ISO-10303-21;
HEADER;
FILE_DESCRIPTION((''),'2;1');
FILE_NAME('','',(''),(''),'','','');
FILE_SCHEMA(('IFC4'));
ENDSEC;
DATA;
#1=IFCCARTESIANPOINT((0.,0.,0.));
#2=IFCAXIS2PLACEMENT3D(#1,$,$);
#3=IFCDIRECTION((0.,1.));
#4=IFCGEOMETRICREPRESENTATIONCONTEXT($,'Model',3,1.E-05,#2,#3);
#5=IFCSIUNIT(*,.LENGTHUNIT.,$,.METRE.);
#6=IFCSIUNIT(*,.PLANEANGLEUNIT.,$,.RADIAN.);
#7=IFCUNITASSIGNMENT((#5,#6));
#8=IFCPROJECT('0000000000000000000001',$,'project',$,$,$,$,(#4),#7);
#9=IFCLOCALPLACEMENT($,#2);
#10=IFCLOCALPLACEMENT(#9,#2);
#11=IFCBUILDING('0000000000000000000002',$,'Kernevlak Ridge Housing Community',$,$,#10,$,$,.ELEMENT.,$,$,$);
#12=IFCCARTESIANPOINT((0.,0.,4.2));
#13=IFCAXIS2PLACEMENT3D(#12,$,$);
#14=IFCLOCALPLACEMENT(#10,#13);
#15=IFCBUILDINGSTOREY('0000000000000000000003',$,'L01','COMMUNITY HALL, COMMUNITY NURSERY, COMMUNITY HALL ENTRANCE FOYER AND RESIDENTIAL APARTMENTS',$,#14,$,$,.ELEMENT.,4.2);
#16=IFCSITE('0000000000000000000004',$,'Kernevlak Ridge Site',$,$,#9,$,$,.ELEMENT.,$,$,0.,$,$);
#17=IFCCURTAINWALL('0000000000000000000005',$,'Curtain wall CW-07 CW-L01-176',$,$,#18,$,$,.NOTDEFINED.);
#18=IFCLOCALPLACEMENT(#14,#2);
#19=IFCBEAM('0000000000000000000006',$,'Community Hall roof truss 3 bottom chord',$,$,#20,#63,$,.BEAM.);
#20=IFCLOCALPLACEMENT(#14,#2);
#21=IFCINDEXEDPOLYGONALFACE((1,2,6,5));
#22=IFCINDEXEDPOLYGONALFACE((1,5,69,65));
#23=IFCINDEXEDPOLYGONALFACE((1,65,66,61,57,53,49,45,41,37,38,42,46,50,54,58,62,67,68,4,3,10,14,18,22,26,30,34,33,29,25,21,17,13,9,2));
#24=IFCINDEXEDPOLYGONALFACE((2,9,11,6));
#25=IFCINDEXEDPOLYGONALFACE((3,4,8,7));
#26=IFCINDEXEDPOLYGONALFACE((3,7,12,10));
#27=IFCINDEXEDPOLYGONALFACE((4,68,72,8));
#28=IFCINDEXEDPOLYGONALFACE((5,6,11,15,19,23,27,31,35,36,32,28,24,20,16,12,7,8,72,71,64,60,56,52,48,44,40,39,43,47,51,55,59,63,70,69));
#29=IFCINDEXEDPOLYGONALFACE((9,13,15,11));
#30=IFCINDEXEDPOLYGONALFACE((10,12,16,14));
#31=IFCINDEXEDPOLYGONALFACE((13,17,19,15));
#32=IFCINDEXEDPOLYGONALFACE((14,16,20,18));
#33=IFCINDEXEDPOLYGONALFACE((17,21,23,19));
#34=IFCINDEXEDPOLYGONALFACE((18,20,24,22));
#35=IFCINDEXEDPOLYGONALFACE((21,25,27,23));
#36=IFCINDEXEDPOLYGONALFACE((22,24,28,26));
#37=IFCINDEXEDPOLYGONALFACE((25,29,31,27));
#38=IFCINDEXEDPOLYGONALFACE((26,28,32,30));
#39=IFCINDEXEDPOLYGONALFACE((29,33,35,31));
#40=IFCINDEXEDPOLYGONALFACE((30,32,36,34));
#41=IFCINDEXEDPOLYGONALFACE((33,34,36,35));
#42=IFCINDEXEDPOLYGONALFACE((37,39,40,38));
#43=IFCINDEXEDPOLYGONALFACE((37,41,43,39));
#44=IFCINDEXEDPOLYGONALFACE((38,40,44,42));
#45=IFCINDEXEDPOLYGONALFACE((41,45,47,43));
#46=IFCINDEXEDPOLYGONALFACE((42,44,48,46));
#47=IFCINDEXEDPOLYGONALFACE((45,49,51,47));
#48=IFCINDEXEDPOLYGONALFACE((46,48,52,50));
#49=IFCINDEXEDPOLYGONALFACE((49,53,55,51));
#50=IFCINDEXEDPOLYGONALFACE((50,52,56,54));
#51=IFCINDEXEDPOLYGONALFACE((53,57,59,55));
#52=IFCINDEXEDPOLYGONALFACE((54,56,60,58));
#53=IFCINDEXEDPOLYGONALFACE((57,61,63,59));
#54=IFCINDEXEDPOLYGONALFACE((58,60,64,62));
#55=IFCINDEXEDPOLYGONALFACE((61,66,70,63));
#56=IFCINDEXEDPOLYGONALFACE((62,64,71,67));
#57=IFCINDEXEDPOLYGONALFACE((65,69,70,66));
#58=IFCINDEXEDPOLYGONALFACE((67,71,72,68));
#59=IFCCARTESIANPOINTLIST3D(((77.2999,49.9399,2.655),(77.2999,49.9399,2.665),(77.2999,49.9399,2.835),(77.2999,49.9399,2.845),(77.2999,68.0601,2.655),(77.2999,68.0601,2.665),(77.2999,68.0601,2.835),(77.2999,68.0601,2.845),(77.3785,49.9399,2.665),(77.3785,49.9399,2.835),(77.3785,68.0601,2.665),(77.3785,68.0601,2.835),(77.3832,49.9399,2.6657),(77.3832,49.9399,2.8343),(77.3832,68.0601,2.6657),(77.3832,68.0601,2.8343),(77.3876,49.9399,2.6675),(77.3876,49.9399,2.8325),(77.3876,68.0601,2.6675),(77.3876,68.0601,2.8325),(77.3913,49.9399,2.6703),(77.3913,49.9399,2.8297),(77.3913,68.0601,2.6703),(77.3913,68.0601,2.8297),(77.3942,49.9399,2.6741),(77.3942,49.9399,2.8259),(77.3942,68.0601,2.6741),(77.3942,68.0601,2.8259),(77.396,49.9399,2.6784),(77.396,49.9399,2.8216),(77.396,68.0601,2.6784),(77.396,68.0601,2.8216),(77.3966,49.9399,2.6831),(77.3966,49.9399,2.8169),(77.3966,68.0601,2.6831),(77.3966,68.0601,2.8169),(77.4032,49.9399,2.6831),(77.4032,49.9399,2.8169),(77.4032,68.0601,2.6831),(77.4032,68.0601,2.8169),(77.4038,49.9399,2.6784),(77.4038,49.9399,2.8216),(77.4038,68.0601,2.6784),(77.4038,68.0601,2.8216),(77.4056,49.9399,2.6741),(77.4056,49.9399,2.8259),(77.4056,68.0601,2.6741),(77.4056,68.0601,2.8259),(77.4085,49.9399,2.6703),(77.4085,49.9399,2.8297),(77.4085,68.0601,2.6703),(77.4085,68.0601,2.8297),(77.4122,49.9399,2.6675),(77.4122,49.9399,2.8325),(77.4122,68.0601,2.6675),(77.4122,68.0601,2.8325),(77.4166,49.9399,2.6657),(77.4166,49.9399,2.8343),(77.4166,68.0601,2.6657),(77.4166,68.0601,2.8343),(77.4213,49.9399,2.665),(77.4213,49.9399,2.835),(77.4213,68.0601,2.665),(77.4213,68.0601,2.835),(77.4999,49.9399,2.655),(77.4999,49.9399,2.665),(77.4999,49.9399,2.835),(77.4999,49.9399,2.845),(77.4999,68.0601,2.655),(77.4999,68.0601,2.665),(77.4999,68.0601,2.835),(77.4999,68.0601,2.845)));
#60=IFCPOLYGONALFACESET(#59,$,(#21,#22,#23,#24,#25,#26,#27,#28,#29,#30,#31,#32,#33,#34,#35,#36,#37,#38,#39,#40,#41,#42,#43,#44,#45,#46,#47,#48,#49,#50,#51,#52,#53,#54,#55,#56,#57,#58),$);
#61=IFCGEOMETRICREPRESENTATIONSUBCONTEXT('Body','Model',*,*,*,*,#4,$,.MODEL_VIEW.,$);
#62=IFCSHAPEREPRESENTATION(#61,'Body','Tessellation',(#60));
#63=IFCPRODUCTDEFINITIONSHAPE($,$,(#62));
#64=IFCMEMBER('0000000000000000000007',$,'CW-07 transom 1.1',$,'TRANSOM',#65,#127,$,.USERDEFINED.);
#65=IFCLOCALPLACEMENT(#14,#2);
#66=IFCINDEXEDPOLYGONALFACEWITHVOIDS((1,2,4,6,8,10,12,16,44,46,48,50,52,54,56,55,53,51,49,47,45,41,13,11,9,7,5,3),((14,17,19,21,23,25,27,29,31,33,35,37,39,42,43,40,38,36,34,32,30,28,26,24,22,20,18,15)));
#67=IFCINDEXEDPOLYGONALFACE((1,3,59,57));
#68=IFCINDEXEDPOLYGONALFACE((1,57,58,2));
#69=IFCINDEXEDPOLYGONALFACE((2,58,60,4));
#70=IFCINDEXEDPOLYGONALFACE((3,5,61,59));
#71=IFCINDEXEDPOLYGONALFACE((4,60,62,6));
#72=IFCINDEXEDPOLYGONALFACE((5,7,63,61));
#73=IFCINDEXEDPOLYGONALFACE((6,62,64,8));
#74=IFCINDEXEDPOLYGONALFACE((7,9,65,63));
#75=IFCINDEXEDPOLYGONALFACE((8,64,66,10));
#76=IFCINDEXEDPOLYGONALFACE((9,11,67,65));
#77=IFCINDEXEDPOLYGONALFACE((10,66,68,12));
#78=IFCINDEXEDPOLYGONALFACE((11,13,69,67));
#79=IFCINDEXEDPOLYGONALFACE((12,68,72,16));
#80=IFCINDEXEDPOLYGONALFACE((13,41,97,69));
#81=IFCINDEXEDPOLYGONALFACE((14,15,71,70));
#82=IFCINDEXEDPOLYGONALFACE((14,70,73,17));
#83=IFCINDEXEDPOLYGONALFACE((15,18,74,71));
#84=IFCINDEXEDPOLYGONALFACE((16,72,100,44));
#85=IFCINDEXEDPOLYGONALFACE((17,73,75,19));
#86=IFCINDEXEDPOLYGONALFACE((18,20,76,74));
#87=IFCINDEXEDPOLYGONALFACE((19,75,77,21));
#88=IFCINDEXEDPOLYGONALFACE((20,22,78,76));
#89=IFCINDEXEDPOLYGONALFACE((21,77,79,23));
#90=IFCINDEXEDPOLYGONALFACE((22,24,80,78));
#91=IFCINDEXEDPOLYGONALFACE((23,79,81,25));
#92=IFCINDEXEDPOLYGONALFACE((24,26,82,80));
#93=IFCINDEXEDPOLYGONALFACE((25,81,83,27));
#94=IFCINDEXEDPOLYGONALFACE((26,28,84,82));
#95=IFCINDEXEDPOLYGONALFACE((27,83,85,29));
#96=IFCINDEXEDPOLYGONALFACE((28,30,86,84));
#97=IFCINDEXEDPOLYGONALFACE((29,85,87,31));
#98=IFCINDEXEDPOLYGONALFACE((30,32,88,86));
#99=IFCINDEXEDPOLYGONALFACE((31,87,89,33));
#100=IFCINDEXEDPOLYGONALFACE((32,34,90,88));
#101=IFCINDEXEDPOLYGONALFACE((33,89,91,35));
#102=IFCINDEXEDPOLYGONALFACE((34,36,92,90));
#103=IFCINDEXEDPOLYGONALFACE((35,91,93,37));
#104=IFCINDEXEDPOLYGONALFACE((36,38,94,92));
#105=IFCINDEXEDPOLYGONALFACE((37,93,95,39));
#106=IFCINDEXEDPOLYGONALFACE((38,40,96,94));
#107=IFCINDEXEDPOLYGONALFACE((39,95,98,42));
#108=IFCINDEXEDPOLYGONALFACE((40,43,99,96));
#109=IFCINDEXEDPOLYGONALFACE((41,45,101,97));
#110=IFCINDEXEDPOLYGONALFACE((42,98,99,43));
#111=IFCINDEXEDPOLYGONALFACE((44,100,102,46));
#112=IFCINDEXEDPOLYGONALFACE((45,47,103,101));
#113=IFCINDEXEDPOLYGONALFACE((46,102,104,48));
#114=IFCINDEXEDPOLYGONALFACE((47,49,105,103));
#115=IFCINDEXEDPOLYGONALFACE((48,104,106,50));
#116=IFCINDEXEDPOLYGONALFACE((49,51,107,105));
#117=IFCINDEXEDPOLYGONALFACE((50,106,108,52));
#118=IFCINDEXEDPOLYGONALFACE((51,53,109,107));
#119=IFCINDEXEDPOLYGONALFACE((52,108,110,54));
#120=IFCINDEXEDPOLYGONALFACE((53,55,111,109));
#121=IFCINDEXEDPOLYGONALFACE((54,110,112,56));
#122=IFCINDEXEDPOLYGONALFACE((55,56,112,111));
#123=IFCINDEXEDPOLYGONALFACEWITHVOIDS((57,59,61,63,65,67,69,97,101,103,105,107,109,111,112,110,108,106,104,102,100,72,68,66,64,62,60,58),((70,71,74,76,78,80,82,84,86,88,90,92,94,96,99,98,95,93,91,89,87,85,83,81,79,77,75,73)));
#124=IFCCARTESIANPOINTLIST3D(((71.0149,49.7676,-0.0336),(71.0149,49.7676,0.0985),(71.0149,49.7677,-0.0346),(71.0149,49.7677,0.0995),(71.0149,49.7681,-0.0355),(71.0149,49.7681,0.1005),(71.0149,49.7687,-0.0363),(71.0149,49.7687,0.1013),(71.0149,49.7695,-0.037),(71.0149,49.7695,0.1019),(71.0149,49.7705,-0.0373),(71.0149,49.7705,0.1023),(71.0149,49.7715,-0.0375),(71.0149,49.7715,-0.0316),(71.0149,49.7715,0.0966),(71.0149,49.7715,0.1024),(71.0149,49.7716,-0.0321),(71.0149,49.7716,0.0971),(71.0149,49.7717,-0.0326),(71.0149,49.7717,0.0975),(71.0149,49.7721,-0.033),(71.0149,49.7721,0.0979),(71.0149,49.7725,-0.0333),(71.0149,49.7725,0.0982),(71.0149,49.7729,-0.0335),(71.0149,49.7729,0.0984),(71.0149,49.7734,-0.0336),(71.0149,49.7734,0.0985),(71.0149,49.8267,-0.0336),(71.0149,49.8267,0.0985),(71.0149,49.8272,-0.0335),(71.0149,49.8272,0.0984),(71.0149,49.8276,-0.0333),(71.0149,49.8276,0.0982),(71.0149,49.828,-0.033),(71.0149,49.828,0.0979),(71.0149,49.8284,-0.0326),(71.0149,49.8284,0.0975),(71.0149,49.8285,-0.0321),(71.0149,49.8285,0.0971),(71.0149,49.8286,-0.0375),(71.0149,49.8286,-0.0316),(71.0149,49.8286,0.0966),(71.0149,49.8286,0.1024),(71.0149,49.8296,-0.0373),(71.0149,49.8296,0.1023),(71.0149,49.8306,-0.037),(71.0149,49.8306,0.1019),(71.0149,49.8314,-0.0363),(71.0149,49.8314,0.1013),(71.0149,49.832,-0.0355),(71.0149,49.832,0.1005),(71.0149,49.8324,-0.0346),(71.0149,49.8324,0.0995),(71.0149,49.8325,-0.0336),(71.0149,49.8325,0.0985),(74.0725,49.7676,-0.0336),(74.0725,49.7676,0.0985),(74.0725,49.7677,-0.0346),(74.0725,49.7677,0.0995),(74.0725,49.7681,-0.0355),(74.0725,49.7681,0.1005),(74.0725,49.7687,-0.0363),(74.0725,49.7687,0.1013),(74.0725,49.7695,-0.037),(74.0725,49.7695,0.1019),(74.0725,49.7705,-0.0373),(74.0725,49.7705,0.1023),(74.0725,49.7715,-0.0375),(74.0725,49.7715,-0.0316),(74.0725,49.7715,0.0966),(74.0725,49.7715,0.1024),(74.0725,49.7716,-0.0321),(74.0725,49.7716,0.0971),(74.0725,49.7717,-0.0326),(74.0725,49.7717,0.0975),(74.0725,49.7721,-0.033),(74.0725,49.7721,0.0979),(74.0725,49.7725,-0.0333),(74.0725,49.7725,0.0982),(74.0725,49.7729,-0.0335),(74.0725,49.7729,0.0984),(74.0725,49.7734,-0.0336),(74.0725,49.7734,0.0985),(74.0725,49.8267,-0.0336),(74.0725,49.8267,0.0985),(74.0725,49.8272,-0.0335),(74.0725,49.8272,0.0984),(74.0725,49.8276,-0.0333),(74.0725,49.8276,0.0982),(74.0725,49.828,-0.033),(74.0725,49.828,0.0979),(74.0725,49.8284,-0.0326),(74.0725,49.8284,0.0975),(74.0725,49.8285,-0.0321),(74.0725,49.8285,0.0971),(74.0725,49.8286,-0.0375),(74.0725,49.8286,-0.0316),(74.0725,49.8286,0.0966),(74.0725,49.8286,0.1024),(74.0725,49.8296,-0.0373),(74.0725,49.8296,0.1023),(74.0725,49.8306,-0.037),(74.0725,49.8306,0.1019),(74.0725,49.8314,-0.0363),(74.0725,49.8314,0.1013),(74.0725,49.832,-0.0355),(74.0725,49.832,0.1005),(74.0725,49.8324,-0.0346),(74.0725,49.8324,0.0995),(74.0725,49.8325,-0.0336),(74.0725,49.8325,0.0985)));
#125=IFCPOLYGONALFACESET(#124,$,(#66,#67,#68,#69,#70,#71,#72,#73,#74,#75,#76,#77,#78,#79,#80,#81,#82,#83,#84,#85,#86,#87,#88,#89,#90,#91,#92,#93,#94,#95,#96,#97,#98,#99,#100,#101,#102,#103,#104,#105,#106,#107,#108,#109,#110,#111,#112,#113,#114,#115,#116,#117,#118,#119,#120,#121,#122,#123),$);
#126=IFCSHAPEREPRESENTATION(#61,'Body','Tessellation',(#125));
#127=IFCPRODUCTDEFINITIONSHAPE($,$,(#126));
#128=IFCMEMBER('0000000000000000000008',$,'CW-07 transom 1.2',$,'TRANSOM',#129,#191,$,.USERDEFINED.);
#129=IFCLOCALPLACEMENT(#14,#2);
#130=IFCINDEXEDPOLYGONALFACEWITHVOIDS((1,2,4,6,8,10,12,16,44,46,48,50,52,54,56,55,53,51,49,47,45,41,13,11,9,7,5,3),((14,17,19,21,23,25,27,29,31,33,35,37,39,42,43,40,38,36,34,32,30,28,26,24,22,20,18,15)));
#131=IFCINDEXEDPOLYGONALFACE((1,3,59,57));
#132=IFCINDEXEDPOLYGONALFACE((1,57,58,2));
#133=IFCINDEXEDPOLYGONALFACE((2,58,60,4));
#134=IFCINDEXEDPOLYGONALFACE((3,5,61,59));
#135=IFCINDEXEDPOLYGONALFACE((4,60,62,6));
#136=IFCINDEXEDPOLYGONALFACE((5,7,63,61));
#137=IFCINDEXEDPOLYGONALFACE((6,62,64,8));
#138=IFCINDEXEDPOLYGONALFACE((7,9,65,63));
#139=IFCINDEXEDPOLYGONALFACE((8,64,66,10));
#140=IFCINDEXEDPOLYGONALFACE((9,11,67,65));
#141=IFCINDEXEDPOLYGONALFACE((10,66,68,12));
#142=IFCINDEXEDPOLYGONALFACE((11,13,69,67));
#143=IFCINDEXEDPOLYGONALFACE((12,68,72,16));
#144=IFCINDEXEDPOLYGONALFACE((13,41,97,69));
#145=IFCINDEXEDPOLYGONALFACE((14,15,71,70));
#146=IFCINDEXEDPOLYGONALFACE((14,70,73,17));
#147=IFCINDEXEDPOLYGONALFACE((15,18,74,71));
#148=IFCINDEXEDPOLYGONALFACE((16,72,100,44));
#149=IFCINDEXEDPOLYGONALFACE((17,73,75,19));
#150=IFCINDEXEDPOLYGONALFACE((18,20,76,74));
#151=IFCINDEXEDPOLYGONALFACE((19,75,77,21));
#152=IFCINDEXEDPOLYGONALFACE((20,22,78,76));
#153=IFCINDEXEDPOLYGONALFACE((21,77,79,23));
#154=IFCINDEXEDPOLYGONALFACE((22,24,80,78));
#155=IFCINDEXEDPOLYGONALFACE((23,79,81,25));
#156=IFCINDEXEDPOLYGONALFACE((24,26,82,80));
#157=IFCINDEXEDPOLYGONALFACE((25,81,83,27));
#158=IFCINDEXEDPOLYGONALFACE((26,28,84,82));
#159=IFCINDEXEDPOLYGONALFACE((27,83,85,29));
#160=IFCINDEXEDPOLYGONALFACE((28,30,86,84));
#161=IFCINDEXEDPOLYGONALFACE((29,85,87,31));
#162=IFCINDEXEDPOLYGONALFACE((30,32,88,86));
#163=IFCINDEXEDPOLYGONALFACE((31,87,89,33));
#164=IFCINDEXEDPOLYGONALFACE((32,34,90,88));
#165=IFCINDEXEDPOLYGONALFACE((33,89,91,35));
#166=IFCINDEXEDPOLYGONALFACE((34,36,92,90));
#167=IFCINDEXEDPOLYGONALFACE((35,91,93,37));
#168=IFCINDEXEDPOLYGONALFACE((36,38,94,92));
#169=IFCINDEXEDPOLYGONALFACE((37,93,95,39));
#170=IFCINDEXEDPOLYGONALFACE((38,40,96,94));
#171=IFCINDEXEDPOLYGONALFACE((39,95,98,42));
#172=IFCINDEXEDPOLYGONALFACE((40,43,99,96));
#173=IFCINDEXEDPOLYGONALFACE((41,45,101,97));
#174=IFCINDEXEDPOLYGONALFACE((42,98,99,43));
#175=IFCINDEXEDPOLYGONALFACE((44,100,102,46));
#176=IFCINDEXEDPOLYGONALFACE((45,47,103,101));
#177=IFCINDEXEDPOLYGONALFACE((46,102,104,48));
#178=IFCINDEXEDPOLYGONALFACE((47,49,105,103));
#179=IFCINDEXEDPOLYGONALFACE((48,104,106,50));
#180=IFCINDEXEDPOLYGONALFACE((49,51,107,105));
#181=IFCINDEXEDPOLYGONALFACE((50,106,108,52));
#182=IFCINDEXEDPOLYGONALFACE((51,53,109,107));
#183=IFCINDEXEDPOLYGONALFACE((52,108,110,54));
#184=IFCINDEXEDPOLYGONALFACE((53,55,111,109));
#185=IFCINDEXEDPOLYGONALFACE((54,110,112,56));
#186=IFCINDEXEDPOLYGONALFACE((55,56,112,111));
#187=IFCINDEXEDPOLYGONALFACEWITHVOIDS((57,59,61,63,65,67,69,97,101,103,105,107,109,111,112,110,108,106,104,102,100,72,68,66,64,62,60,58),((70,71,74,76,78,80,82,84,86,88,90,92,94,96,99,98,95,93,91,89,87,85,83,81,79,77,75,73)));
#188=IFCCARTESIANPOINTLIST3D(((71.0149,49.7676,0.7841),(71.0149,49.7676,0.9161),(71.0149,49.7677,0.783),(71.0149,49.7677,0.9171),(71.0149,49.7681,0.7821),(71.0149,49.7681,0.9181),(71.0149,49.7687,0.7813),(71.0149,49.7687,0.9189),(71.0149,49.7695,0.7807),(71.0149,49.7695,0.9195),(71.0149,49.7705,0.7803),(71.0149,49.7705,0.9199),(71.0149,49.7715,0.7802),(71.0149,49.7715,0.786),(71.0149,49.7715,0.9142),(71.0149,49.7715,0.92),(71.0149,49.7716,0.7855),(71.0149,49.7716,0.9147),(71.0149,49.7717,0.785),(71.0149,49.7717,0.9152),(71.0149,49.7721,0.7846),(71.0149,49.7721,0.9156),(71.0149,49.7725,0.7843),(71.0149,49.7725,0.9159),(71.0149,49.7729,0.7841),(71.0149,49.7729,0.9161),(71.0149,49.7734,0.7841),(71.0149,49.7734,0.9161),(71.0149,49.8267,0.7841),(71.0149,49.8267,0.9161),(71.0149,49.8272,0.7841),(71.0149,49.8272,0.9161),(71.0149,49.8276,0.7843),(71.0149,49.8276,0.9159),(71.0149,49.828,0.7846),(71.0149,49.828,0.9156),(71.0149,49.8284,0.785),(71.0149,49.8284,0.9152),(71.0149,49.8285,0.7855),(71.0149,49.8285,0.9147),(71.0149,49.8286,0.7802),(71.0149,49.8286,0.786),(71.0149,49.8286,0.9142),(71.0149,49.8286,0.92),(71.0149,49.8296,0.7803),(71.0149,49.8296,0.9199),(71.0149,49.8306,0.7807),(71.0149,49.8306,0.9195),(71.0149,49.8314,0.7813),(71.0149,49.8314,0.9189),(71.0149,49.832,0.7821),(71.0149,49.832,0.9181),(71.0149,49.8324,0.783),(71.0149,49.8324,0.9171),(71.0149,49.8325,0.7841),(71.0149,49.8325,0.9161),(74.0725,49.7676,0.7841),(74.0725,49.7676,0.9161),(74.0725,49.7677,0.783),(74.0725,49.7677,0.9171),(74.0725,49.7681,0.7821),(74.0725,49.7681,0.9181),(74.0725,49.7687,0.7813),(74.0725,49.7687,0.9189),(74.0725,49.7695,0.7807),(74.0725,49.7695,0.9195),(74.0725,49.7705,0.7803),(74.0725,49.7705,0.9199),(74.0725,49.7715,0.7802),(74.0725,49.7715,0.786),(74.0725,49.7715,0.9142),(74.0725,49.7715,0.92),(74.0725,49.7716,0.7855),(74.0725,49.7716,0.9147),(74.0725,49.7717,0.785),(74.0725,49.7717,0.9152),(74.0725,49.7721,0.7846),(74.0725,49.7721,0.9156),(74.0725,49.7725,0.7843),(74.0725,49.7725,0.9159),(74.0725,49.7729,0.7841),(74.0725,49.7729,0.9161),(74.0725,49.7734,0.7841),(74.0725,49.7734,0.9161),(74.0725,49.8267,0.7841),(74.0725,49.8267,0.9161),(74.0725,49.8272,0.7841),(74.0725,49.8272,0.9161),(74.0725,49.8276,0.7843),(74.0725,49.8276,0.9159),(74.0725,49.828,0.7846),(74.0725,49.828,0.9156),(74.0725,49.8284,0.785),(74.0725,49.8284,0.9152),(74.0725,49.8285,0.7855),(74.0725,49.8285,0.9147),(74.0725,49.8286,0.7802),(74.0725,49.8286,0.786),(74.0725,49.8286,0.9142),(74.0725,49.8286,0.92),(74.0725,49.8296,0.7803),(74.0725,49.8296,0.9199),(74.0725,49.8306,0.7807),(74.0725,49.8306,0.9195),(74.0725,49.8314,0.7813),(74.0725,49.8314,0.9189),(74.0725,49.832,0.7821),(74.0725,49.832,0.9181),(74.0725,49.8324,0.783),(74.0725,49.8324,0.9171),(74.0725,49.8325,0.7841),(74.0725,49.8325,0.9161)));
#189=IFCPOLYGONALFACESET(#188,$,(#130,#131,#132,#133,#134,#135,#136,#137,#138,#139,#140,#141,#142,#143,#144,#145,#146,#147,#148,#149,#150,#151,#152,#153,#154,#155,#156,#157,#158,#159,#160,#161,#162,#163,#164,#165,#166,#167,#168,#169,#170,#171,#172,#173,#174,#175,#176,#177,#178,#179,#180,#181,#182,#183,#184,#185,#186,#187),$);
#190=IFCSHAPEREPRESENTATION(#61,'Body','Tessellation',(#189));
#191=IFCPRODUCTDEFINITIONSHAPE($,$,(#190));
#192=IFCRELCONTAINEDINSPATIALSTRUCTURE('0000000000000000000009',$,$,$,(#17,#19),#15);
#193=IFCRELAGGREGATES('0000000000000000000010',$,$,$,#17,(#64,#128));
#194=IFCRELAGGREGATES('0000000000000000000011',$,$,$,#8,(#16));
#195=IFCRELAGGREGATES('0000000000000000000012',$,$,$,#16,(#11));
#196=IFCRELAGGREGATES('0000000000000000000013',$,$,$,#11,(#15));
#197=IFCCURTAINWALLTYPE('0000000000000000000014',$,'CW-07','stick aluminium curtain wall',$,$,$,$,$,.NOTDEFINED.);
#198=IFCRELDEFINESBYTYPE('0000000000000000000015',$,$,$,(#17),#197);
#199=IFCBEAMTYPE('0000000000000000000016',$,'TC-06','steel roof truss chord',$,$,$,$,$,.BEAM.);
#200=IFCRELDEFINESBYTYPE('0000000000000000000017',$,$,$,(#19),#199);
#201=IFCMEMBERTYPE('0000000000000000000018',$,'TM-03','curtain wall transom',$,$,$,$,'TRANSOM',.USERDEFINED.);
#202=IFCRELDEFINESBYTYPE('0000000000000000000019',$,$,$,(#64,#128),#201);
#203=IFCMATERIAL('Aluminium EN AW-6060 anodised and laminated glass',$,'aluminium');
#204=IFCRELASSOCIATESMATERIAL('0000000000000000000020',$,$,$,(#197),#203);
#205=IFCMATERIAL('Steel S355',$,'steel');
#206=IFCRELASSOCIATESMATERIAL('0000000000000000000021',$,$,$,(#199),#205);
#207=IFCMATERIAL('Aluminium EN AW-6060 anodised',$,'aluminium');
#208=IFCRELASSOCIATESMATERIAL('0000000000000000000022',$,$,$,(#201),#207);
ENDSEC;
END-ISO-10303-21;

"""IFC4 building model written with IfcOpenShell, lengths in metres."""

from ifc_helpers import new_model, si_unit, direction, frame, origin, origin_2d, place, context, subcontext, project, spatial, hollow_rectangle, i_section, extrude, material, material_profile, profile_set, type_object, element, aggregate, save


model = new_model("IFC4")

# Units and contexts
model_context = context("Model", 3, precision=1e-05, world=origin(), true_north=direction((0.0, 1.0)))
body_context = subcontext(model_context, "Body", "Model", "MODEL_VIEW")
ifc_project = project(units=[si_unit("LENGTHUNIT", "METRE"), si_unit("PLANEANGLEUNIT", "RADIAN")], contexts=[model_context])

# Site, building, storey
site_placement = place(None, origin())
site = spatial("IfcSite", under=ifc_project, at=site_placement, Name="Kernevlak Ridge Site", CompositionType="ELEMENT", RefElevation=0.0)
building_placement = place(site_placement, origin())
building = spatial("IfcBuilding", under=site, at=building_placement, Name="Kernevlak Ridge Housing Community", CompositionType="ELEMENT")
storey_placement = place(building_placement, frame((0.0, 0.0, 4.2)))
storey = spatial("IfcBuildingStorey", under=building, at=storey_placement, Name="L01", Description="COMMUNITY HALL, COMMUNITY NURSERY, COMMUNITY HALL ENTRANCE FOYER AND RESIDENTIAL APARTMENTS", CompositionType="ELEMENT", Elevation=4.2)

# Shared definitions
ifc_material_1 = material(Name="Steel S355", Category="steel")

# Curtain wall
ifc_material_2 = material(Name="Aluminium EN AW-6060 anodised and laminated glass", Category="aluminium")
curtain_wall_type = type_object("IfcCurtainWallType", Name="CW-07", Description="stick aluminium curtain wall", PredefinedType="NOTDEFINED", material=ifc_material_2)
curtain_wall_placement = place(storey_placement, origin())
curtain_wall = element("IfcCurtainWall", 1, at=curtain_wall_placement, inside=storey, type_object=curtain_wall_type, Name="Curtain wall CW-07 CW-L01-176", PredefinedType="NOTDEFINED")
ifc_material_3 = material(Name="Aluminium EN AW-6060 anodised", Category="aluminium")

# Beam
ifc_material_profile_1 = material_profile(ifc_material_1, i_section(OverallWidth=0.2, OverallDepth=0.1899, WebThickness=0.0066, FlangeThickness=0.01, FilletRadius=0.0181, at=origin_2d()), Name="HEA 200")
ifc_profile_set_1 = profile_set([ifc_material_profile_1], Name="Steel S355")
beam_type_1 = type_object("IfcBeamType", Name="TC-06", Description="steel roof truss chord", PredefinedType="BEAM", material=ifc_profile_set_1)
beam_1_placement = place(storey_placement, frame((77.3999, 49.9399, 2.75), z_axis=(0.0, 1.0, 0.0), x_axis=(-1.0, 0.0, 0.0)))
element("IfcBeam", 2, at=beam_1_placement, inside=storey, type_object=beam_type_1, Name="Community Hall roof truss 3 bottom chord", PredefinedType="BEAM", context=body_context, shape_type="SweptSolid", body=[
    extrude(i_section(OverallWidth=0.2, OverallDepth=0.1899, WebThickness=0.0066, FlangeThickness=0.01, FilletRadius=0.0181, at=origin_2d()), origin(), (0.0, 0.0, 1.0), 18.1201),
])

# Members
ifc_material_profile_2 = material_profile(ifc_material_3, hollow_rectangle(XDim=0.0649, YDim=0.1399, WallThickness=0.0039, InnerFilletRadius=0.002, OuterFilletRadius=0.0039, at=origin_2d()), Name="ALU 65x140x4")
ifc_profile_set_2 = profile_set([ifc_material_profile_2], Name="Aluminium EN AW-6060 anodised")
member_type_1 = type_object("IfcMemberType", Name="TM-03", Description="curtain wall transom", ElementType="TRANSOM", PredefinedType="USERDEFINED", material=ifc_profile_set_2)
member_1_placement = place(storey_placement, frame((71.0149, 49.8, 0.0325), z_axis=(1.0, 0.0, 0.0), x_axis=(0.0, 1.0, 0.0)))
member_1 = element("IfcMember", 3, at=member_1_placement, type_object=member_type_1, Name="CW-07 transom 1.1", ObjectType="TRANSOM", PredefinedType="USERDEFINED", context=body_context, shape_type="SweptSolid", body=[
    extrude(hollow_rectangle(XDim=0.0649, YDim=0.1399, WallThickness=0.0039, InnerFilletRadius=0.002, OuterFilletRadius=0.0039, at=origin_2d()), origin(), (0.0, 0.0, 1.0), 3.0576),
])
member_2_placement = place(storey_placement, frame((71.0149, 49.8, 0.8501), z_axis=(1.0, 0.0, 0.0), x_axis=(0.0, 1.0, 0.0)))
member_2 = element("IfcMember", 4, at=member_2_placement, type_object=member_type_1, Name="CW-07 transom 1.2", ObjectType="TRANSOM", PredefinedType="USERDEFINED", context=body_context, shape_type="SweptSolid", body=[
    extrude(hollow_rectangle(XDim=0.0649, YDim=0.1399, WallThickness=0.0039, InnerFilletRadius=0.002, OuterFilletRadius=0.0039, at=origin_2d()), origin(), (0.0, 0.0, 1.0), 3.0576),
])

aggregate(curtain_wall, [member_1, member_2])

save(model, "model.ifc")
